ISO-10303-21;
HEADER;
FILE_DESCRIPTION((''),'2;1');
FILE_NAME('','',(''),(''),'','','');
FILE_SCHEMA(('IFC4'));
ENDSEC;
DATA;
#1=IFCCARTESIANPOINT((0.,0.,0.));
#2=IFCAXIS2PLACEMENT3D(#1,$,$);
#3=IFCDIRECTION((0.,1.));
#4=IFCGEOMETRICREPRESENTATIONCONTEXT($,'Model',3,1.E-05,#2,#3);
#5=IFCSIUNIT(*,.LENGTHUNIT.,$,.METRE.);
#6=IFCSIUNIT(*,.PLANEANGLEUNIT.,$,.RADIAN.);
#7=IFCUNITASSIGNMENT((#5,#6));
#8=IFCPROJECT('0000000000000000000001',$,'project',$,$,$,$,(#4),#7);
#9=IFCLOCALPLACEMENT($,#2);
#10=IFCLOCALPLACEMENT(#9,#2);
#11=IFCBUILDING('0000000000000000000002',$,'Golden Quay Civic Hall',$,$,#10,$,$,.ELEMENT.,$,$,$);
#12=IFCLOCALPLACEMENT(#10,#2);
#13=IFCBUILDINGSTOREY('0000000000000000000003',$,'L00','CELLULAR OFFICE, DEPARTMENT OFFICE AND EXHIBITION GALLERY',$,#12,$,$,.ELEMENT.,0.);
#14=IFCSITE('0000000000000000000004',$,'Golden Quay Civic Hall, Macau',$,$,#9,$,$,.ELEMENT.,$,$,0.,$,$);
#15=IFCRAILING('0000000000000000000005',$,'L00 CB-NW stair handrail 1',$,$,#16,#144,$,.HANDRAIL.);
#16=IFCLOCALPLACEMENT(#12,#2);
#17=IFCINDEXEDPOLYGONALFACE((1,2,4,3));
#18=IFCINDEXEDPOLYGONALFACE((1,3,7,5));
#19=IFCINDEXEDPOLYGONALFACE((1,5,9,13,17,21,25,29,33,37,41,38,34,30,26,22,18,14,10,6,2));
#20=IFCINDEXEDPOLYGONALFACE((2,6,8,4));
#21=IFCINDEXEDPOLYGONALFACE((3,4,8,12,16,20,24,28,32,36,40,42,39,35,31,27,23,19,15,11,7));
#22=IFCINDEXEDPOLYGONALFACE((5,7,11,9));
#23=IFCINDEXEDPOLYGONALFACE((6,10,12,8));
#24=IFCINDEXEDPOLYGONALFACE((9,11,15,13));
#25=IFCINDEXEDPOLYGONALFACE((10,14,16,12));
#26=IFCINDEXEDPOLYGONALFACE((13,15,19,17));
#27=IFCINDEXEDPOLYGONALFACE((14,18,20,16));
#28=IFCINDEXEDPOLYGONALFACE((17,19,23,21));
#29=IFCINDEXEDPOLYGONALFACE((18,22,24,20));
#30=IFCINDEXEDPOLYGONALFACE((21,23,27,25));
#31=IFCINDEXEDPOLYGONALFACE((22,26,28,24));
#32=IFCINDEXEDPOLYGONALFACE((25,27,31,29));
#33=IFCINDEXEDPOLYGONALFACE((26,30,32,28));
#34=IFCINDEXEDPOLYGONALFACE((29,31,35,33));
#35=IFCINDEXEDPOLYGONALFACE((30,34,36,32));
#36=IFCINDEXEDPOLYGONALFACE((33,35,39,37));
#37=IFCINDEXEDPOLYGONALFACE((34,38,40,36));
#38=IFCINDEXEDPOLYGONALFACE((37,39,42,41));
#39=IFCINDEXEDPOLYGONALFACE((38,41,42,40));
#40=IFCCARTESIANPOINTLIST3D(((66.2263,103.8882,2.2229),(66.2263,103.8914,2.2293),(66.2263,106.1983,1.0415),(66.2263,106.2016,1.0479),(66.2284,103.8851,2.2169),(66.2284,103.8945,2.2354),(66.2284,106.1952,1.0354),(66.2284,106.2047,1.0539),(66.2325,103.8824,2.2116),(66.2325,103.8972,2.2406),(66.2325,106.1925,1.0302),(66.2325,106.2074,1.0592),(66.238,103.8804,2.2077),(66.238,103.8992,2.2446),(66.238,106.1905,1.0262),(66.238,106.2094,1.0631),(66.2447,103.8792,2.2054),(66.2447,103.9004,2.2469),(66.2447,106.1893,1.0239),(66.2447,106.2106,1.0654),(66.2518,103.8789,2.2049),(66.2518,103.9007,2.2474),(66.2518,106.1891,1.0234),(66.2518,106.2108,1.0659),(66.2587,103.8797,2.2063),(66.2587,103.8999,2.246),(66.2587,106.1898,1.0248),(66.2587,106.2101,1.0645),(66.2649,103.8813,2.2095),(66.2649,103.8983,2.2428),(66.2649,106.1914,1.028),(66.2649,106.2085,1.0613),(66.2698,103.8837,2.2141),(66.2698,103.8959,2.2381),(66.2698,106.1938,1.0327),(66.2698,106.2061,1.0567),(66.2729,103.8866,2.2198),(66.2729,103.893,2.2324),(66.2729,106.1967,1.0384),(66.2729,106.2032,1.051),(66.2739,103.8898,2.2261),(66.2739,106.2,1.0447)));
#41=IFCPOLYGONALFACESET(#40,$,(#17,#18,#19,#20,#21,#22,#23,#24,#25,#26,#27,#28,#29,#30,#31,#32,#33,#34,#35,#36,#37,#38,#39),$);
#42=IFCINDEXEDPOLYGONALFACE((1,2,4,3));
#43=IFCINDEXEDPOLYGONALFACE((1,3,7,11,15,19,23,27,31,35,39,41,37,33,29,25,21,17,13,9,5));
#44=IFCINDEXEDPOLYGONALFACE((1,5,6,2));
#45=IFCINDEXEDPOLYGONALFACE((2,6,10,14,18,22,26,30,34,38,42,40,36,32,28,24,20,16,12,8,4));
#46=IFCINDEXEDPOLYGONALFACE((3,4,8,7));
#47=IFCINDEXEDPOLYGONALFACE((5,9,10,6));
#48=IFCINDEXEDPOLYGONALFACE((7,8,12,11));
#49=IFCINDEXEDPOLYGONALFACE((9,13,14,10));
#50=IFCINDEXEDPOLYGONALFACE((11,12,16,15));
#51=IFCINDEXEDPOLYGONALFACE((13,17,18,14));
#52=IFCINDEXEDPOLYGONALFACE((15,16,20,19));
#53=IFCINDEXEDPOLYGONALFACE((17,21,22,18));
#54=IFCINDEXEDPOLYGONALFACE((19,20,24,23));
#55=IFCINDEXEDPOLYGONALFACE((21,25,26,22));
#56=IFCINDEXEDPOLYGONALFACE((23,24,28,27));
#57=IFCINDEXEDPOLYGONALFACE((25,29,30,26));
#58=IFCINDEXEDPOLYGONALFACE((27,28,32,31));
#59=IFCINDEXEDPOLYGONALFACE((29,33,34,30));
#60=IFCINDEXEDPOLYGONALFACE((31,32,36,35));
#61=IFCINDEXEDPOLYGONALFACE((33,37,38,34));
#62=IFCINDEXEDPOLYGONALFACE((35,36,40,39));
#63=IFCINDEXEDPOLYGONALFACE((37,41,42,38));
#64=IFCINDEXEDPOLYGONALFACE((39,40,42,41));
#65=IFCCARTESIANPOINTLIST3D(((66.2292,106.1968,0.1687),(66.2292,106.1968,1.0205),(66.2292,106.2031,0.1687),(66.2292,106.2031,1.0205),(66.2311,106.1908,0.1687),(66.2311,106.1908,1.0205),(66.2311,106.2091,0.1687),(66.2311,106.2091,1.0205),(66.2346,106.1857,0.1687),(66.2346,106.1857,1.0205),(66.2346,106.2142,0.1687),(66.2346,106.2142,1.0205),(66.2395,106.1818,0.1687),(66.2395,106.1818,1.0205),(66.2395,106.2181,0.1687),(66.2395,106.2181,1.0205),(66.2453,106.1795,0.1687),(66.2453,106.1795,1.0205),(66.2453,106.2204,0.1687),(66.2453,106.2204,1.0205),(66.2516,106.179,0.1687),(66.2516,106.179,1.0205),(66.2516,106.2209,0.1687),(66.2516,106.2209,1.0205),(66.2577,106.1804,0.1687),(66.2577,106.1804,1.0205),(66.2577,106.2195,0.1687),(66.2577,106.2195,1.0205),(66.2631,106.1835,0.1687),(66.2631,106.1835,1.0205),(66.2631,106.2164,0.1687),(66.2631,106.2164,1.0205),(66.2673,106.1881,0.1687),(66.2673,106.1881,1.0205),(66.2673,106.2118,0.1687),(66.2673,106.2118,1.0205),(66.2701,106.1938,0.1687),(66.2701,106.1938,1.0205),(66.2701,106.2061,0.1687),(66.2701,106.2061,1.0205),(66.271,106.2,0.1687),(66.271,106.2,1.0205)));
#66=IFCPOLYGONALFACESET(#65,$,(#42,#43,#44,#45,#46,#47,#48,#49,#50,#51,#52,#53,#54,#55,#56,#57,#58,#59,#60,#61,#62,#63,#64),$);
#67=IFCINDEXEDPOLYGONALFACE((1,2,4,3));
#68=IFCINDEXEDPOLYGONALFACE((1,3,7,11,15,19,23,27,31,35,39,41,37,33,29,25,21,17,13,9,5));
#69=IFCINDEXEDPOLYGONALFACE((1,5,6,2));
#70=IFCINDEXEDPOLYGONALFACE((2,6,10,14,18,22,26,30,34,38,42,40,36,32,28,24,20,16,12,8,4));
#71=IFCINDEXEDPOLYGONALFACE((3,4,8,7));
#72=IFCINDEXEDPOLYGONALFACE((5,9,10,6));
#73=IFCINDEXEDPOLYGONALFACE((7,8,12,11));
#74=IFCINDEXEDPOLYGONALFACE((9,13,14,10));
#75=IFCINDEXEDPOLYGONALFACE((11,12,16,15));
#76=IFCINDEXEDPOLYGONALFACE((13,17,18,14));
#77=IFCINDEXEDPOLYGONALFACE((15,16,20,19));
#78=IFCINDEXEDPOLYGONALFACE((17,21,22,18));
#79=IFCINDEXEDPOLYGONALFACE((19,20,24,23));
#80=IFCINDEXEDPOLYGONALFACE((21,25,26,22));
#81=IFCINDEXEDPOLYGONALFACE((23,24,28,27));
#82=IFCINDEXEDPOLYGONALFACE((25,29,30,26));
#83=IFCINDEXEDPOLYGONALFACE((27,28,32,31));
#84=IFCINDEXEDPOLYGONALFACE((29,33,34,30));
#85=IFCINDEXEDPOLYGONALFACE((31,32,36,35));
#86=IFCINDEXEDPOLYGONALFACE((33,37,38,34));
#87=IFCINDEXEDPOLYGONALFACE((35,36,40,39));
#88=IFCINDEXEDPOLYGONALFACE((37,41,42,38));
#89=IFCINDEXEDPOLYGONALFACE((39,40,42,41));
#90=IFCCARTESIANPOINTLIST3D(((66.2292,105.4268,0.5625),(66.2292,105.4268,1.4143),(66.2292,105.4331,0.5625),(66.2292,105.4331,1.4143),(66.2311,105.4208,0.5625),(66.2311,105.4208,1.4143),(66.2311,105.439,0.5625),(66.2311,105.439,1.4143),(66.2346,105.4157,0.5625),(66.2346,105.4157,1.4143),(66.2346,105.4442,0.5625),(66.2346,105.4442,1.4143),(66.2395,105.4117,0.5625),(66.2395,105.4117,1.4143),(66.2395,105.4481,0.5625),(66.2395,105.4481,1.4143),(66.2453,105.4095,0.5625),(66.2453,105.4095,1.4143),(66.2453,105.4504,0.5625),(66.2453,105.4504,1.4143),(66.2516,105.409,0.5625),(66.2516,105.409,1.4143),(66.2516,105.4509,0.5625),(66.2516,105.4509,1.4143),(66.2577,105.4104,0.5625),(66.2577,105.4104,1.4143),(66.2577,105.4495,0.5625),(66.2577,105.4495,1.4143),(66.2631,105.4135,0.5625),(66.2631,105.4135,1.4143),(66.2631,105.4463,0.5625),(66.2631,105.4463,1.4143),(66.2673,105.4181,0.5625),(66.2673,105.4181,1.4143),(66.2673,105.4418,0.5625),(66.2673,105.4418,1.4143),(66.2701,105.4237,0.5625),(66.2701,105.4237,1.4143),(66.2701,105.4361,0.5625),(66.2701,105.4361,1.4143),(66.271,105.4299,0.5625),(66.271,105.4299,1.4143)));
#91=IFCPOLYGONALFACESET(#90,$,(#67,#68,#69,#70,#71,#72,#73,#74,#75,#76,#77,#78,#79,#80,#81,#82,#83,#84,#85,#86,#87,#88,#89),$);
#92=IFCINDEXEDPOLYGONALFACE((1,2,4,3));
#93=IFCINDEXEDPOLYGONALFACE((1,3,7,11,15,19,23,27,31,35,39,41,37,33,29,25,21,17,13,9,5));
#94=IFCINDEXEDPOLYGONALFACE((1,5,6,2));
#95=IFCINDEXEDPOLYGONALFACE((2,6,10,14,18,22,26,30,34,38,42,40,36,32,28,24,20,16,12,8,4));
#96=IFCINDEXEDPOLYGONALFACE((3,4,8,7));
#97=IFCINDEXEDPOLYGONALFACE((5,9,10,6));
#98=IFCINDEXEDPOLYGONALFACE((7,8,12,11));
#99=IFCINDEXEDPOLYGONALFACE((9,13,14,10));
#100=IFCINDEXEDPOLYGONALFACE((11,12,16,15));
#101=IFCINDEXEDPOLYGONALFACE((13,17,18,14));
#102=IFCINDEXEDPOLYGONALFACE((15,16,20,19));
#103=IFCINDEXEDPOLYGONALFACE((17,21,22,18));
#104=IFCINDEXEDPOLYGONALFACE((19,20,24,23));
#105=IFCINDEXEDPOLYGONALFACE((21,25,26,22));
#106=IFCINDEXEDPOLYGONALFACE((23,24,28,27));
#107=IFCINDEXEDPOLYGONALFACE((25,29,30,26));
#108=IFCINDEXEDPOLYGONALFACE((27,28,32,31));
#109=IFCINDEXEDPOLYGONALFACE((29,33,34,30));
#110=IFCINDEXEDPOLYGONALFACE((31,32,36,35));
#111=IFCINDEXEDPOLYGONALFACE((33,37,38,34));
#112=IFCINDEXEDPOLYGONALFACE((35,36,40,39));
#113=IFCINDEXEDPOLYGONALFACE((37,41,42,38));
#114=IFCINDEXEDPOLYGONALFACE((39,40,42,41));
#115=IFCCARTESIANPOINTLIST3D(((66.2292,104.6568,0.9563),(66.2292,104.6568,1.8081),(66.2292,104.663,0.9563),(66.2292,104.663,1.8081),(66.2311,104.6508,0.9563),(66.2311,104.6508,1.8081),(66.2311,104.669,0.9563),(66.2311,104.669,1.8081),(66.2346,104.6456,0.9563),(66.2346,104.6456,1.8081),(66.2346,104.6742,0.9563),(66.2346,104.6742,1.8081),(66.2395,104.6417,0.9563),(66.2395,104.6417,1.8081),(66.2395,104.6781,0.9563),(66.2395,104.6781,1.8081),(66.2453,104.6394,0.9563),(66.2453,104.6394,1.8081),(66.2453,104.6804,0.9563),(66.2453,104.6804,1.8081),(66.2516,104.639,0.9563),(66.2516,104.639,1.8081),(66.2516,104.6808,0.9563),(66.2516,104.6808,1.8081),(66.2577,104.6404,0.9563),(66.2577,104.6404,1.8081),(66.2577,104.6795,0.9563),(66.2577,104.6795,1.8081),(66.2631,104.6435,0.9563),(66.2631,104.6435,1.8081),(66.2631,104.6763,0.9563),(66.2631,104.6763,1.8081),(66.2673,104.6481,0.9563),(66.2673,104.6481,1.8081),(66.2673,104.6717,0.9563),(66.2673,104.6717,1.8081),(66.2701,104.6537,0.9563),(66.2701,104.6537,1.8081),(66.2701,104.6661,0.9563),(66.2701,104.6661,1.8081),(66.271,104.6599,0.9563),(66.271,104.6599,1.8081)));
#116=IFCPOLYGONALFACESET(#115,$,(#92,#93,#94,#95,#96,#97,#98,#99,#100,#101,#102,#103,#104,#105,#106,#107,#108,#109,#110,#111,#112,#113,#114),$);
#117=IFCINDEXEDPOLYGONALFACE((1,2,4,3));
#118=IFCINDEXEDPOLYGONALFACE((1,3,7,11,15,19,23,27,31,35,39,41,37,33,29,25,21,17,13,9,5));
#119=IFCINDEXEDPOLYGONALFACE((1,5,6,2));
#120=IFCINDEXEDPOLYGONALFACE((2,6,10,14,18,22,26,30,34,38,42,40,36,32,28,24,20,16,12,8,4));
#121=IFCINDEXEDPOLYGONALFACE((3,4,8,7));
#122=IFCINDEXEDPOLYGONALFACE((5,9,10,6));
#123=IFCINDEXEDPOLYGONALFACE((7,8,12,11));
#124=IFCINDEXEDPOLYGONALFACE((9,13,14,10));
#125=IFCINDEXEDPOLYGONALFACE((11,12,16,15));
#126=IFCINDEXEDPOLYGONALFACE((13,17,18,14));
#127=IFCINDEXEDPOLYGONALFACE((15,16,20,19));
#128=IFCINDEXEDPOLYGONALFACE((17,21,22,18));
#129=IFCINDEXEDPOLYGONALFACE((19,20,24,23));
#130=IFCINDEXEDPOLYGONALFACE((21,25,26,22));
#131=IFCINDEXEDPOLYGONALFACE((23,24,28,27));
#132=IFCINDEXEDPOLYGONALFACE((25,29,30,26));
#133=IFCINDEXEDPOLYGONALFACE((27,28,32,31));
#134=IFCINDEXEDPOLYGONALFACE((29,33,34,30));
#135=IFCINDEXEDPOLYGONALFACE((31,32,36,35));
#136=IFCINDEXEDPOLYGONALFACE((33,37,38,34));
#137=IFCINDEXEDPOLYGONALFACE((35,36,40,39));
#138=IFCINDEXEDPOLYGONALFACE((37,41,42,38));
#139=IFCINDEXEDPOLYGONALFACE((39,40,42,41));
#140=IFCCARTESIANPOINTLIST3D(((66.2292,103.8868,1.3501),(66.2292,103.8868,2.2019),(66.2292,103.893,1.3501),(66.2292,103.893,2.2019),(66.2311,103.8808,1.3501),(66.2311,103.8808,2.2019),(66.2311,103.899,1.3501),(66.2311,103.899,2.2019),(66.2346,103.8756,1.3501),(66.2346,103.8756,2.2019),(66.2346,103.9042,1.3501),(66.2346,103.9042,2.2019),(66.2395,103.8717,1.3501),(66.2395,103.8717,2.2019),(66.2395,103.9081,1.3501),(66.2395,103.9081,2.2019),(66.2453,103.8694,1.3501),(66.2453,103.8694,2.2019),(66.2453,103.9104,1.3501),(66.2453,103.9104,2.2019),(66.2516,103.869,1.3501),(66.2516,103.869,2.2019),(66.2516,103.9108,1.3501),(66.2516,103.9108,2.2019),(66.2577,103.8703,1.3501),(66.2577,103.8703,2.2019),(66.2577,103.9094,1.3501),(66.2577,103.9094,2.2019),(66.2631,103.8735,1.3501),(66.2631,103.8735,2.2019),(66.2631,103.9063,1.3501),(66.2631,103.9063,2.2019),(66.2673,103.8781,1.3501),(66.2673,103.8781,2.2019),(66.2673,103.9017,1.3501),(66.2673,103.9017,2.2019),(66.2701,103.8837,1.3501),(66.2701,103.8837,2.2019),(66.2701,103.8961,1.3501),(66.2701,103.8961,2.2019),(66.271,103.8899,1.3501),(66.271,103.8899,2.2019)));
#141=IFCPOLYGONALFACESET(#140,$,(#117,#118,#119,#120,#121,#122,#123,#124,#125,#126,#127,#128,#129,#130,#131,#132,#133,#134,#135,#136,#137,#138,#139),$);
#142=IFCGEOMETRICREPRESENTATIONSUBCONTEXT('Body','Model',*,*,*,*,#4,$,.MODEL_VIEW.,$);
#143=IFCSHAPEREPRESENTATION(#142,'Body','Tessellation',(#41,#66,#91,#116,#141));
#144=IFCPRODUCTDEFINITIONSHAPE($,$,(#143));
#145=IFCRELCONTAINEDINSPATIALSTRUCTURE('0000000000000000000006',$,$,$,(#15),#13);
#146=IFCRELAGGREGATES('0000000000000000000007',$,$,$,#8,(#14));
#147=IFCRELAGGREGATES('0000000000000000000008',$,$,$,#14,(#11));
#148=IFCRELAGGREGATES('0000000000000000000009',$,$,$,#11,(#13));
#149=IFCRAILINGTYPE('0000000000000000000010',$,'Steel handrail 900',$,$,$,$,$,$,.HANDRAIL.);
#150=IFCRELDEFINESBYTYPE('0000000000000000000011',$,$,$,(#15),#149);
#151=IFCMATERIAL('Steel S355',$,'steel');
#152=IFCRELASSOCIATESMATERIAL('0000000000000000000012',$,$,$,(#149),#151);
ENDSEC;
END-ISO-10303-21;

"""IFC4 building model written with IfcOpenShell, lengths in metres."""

from ifc_helpers import new_model, si_unit, direction, frame, origin, origin_2d, place, context, subcontext, project, spatial, circle, extrude, material, type_object, element, save


model = new_model("IFC4")

# Units and contexts
model_context = context("Model", 3, precision=1e-05, world=origin(), true_north=direction((0.0, 1.0)))
body_context = subcontext(model_context, "Body", "Model", "MODEL_VIEW")
ifc_project = project(units=[si_unit("LENGTHUNIT", "METRE"), si_unit("PLANEANGLEUNIT", "RADIAN")], contexts=[model_context])

# Site, building, storey
site_placement = place(None, origin())
site = spatial("IfcSite", under=ifc_project, at=site_placement, Name="Golden Quay Civic Hall, Macau", CompositionType="ELEMENT", RefElevation=0.0)
building_placement = place(site_placement, origin())
building = spatial("IfcBuilding", under=site, at=building_placement, Name="Golden Quay Civic Hall", CompositionType="ELEMENT")
storey_placement = place(building_placement, origin())
storey = spatial("IfcBuildingStorey", under=building, at=storey_placement, Name="L00", Description="CELLULAR OFFICE, DEPARTMENT OFFICE AND EXHIBITION GALLERY", CompositionType="ELEMENT", Elevation=0.0)

# Railing
ifc_material_1 = material(Name="Steel S355", Category="steel")
railing_type_1 = type_object("IfcRailingType", Name="Steel handrail 900", PredefinedType="HANDRAIL", material=ifc_material_1)
railing_1_placement = place(storey_placement, frame((66.25, 106.2, 0.1687)))
element("IfcRailing", 1, at=railing_1_placement, inside=storey, type_object=railing_type_1, Name="L00 CB-NW stair handrail 1", PredefinedType="HANDRAIL", context=body_context, shape_type="SweptSolid", body=[
    extrude(circle(Radius=0.0239, at=origin_2d()), frame((0.0, 0.0, 0.876), z_axis=(0.0, -0.890325, 0.455325), x_axis=(1.0, 0.0, 0.0)), (0.0, 0.0, 1.0), 2.5947),
    extrude(circle(Radius=0.021, at=origin_2d()), origin(), (0.0, 0.0, 1.0), 0.8518),
    extrude(circle(Radius=0.021, at=origin_2d()), frame((0.0, -0.77, 0.3938)), (0.0, 0.0, 1.0), 0.8518),
    extrude(circle(Radius=0.021, at=origin_2d()), frame((0.0, -1.54, 0.7876)), (0.0, 0.0, 1.0), 0.8518),
    extrude(circle(Radius=0.021, at=origin_2d()), frame((0.0, -2.3101, 1.1814)), (0.0, 0.0, 1.0), 0.8518),
])

save(model, "model.ifc")
